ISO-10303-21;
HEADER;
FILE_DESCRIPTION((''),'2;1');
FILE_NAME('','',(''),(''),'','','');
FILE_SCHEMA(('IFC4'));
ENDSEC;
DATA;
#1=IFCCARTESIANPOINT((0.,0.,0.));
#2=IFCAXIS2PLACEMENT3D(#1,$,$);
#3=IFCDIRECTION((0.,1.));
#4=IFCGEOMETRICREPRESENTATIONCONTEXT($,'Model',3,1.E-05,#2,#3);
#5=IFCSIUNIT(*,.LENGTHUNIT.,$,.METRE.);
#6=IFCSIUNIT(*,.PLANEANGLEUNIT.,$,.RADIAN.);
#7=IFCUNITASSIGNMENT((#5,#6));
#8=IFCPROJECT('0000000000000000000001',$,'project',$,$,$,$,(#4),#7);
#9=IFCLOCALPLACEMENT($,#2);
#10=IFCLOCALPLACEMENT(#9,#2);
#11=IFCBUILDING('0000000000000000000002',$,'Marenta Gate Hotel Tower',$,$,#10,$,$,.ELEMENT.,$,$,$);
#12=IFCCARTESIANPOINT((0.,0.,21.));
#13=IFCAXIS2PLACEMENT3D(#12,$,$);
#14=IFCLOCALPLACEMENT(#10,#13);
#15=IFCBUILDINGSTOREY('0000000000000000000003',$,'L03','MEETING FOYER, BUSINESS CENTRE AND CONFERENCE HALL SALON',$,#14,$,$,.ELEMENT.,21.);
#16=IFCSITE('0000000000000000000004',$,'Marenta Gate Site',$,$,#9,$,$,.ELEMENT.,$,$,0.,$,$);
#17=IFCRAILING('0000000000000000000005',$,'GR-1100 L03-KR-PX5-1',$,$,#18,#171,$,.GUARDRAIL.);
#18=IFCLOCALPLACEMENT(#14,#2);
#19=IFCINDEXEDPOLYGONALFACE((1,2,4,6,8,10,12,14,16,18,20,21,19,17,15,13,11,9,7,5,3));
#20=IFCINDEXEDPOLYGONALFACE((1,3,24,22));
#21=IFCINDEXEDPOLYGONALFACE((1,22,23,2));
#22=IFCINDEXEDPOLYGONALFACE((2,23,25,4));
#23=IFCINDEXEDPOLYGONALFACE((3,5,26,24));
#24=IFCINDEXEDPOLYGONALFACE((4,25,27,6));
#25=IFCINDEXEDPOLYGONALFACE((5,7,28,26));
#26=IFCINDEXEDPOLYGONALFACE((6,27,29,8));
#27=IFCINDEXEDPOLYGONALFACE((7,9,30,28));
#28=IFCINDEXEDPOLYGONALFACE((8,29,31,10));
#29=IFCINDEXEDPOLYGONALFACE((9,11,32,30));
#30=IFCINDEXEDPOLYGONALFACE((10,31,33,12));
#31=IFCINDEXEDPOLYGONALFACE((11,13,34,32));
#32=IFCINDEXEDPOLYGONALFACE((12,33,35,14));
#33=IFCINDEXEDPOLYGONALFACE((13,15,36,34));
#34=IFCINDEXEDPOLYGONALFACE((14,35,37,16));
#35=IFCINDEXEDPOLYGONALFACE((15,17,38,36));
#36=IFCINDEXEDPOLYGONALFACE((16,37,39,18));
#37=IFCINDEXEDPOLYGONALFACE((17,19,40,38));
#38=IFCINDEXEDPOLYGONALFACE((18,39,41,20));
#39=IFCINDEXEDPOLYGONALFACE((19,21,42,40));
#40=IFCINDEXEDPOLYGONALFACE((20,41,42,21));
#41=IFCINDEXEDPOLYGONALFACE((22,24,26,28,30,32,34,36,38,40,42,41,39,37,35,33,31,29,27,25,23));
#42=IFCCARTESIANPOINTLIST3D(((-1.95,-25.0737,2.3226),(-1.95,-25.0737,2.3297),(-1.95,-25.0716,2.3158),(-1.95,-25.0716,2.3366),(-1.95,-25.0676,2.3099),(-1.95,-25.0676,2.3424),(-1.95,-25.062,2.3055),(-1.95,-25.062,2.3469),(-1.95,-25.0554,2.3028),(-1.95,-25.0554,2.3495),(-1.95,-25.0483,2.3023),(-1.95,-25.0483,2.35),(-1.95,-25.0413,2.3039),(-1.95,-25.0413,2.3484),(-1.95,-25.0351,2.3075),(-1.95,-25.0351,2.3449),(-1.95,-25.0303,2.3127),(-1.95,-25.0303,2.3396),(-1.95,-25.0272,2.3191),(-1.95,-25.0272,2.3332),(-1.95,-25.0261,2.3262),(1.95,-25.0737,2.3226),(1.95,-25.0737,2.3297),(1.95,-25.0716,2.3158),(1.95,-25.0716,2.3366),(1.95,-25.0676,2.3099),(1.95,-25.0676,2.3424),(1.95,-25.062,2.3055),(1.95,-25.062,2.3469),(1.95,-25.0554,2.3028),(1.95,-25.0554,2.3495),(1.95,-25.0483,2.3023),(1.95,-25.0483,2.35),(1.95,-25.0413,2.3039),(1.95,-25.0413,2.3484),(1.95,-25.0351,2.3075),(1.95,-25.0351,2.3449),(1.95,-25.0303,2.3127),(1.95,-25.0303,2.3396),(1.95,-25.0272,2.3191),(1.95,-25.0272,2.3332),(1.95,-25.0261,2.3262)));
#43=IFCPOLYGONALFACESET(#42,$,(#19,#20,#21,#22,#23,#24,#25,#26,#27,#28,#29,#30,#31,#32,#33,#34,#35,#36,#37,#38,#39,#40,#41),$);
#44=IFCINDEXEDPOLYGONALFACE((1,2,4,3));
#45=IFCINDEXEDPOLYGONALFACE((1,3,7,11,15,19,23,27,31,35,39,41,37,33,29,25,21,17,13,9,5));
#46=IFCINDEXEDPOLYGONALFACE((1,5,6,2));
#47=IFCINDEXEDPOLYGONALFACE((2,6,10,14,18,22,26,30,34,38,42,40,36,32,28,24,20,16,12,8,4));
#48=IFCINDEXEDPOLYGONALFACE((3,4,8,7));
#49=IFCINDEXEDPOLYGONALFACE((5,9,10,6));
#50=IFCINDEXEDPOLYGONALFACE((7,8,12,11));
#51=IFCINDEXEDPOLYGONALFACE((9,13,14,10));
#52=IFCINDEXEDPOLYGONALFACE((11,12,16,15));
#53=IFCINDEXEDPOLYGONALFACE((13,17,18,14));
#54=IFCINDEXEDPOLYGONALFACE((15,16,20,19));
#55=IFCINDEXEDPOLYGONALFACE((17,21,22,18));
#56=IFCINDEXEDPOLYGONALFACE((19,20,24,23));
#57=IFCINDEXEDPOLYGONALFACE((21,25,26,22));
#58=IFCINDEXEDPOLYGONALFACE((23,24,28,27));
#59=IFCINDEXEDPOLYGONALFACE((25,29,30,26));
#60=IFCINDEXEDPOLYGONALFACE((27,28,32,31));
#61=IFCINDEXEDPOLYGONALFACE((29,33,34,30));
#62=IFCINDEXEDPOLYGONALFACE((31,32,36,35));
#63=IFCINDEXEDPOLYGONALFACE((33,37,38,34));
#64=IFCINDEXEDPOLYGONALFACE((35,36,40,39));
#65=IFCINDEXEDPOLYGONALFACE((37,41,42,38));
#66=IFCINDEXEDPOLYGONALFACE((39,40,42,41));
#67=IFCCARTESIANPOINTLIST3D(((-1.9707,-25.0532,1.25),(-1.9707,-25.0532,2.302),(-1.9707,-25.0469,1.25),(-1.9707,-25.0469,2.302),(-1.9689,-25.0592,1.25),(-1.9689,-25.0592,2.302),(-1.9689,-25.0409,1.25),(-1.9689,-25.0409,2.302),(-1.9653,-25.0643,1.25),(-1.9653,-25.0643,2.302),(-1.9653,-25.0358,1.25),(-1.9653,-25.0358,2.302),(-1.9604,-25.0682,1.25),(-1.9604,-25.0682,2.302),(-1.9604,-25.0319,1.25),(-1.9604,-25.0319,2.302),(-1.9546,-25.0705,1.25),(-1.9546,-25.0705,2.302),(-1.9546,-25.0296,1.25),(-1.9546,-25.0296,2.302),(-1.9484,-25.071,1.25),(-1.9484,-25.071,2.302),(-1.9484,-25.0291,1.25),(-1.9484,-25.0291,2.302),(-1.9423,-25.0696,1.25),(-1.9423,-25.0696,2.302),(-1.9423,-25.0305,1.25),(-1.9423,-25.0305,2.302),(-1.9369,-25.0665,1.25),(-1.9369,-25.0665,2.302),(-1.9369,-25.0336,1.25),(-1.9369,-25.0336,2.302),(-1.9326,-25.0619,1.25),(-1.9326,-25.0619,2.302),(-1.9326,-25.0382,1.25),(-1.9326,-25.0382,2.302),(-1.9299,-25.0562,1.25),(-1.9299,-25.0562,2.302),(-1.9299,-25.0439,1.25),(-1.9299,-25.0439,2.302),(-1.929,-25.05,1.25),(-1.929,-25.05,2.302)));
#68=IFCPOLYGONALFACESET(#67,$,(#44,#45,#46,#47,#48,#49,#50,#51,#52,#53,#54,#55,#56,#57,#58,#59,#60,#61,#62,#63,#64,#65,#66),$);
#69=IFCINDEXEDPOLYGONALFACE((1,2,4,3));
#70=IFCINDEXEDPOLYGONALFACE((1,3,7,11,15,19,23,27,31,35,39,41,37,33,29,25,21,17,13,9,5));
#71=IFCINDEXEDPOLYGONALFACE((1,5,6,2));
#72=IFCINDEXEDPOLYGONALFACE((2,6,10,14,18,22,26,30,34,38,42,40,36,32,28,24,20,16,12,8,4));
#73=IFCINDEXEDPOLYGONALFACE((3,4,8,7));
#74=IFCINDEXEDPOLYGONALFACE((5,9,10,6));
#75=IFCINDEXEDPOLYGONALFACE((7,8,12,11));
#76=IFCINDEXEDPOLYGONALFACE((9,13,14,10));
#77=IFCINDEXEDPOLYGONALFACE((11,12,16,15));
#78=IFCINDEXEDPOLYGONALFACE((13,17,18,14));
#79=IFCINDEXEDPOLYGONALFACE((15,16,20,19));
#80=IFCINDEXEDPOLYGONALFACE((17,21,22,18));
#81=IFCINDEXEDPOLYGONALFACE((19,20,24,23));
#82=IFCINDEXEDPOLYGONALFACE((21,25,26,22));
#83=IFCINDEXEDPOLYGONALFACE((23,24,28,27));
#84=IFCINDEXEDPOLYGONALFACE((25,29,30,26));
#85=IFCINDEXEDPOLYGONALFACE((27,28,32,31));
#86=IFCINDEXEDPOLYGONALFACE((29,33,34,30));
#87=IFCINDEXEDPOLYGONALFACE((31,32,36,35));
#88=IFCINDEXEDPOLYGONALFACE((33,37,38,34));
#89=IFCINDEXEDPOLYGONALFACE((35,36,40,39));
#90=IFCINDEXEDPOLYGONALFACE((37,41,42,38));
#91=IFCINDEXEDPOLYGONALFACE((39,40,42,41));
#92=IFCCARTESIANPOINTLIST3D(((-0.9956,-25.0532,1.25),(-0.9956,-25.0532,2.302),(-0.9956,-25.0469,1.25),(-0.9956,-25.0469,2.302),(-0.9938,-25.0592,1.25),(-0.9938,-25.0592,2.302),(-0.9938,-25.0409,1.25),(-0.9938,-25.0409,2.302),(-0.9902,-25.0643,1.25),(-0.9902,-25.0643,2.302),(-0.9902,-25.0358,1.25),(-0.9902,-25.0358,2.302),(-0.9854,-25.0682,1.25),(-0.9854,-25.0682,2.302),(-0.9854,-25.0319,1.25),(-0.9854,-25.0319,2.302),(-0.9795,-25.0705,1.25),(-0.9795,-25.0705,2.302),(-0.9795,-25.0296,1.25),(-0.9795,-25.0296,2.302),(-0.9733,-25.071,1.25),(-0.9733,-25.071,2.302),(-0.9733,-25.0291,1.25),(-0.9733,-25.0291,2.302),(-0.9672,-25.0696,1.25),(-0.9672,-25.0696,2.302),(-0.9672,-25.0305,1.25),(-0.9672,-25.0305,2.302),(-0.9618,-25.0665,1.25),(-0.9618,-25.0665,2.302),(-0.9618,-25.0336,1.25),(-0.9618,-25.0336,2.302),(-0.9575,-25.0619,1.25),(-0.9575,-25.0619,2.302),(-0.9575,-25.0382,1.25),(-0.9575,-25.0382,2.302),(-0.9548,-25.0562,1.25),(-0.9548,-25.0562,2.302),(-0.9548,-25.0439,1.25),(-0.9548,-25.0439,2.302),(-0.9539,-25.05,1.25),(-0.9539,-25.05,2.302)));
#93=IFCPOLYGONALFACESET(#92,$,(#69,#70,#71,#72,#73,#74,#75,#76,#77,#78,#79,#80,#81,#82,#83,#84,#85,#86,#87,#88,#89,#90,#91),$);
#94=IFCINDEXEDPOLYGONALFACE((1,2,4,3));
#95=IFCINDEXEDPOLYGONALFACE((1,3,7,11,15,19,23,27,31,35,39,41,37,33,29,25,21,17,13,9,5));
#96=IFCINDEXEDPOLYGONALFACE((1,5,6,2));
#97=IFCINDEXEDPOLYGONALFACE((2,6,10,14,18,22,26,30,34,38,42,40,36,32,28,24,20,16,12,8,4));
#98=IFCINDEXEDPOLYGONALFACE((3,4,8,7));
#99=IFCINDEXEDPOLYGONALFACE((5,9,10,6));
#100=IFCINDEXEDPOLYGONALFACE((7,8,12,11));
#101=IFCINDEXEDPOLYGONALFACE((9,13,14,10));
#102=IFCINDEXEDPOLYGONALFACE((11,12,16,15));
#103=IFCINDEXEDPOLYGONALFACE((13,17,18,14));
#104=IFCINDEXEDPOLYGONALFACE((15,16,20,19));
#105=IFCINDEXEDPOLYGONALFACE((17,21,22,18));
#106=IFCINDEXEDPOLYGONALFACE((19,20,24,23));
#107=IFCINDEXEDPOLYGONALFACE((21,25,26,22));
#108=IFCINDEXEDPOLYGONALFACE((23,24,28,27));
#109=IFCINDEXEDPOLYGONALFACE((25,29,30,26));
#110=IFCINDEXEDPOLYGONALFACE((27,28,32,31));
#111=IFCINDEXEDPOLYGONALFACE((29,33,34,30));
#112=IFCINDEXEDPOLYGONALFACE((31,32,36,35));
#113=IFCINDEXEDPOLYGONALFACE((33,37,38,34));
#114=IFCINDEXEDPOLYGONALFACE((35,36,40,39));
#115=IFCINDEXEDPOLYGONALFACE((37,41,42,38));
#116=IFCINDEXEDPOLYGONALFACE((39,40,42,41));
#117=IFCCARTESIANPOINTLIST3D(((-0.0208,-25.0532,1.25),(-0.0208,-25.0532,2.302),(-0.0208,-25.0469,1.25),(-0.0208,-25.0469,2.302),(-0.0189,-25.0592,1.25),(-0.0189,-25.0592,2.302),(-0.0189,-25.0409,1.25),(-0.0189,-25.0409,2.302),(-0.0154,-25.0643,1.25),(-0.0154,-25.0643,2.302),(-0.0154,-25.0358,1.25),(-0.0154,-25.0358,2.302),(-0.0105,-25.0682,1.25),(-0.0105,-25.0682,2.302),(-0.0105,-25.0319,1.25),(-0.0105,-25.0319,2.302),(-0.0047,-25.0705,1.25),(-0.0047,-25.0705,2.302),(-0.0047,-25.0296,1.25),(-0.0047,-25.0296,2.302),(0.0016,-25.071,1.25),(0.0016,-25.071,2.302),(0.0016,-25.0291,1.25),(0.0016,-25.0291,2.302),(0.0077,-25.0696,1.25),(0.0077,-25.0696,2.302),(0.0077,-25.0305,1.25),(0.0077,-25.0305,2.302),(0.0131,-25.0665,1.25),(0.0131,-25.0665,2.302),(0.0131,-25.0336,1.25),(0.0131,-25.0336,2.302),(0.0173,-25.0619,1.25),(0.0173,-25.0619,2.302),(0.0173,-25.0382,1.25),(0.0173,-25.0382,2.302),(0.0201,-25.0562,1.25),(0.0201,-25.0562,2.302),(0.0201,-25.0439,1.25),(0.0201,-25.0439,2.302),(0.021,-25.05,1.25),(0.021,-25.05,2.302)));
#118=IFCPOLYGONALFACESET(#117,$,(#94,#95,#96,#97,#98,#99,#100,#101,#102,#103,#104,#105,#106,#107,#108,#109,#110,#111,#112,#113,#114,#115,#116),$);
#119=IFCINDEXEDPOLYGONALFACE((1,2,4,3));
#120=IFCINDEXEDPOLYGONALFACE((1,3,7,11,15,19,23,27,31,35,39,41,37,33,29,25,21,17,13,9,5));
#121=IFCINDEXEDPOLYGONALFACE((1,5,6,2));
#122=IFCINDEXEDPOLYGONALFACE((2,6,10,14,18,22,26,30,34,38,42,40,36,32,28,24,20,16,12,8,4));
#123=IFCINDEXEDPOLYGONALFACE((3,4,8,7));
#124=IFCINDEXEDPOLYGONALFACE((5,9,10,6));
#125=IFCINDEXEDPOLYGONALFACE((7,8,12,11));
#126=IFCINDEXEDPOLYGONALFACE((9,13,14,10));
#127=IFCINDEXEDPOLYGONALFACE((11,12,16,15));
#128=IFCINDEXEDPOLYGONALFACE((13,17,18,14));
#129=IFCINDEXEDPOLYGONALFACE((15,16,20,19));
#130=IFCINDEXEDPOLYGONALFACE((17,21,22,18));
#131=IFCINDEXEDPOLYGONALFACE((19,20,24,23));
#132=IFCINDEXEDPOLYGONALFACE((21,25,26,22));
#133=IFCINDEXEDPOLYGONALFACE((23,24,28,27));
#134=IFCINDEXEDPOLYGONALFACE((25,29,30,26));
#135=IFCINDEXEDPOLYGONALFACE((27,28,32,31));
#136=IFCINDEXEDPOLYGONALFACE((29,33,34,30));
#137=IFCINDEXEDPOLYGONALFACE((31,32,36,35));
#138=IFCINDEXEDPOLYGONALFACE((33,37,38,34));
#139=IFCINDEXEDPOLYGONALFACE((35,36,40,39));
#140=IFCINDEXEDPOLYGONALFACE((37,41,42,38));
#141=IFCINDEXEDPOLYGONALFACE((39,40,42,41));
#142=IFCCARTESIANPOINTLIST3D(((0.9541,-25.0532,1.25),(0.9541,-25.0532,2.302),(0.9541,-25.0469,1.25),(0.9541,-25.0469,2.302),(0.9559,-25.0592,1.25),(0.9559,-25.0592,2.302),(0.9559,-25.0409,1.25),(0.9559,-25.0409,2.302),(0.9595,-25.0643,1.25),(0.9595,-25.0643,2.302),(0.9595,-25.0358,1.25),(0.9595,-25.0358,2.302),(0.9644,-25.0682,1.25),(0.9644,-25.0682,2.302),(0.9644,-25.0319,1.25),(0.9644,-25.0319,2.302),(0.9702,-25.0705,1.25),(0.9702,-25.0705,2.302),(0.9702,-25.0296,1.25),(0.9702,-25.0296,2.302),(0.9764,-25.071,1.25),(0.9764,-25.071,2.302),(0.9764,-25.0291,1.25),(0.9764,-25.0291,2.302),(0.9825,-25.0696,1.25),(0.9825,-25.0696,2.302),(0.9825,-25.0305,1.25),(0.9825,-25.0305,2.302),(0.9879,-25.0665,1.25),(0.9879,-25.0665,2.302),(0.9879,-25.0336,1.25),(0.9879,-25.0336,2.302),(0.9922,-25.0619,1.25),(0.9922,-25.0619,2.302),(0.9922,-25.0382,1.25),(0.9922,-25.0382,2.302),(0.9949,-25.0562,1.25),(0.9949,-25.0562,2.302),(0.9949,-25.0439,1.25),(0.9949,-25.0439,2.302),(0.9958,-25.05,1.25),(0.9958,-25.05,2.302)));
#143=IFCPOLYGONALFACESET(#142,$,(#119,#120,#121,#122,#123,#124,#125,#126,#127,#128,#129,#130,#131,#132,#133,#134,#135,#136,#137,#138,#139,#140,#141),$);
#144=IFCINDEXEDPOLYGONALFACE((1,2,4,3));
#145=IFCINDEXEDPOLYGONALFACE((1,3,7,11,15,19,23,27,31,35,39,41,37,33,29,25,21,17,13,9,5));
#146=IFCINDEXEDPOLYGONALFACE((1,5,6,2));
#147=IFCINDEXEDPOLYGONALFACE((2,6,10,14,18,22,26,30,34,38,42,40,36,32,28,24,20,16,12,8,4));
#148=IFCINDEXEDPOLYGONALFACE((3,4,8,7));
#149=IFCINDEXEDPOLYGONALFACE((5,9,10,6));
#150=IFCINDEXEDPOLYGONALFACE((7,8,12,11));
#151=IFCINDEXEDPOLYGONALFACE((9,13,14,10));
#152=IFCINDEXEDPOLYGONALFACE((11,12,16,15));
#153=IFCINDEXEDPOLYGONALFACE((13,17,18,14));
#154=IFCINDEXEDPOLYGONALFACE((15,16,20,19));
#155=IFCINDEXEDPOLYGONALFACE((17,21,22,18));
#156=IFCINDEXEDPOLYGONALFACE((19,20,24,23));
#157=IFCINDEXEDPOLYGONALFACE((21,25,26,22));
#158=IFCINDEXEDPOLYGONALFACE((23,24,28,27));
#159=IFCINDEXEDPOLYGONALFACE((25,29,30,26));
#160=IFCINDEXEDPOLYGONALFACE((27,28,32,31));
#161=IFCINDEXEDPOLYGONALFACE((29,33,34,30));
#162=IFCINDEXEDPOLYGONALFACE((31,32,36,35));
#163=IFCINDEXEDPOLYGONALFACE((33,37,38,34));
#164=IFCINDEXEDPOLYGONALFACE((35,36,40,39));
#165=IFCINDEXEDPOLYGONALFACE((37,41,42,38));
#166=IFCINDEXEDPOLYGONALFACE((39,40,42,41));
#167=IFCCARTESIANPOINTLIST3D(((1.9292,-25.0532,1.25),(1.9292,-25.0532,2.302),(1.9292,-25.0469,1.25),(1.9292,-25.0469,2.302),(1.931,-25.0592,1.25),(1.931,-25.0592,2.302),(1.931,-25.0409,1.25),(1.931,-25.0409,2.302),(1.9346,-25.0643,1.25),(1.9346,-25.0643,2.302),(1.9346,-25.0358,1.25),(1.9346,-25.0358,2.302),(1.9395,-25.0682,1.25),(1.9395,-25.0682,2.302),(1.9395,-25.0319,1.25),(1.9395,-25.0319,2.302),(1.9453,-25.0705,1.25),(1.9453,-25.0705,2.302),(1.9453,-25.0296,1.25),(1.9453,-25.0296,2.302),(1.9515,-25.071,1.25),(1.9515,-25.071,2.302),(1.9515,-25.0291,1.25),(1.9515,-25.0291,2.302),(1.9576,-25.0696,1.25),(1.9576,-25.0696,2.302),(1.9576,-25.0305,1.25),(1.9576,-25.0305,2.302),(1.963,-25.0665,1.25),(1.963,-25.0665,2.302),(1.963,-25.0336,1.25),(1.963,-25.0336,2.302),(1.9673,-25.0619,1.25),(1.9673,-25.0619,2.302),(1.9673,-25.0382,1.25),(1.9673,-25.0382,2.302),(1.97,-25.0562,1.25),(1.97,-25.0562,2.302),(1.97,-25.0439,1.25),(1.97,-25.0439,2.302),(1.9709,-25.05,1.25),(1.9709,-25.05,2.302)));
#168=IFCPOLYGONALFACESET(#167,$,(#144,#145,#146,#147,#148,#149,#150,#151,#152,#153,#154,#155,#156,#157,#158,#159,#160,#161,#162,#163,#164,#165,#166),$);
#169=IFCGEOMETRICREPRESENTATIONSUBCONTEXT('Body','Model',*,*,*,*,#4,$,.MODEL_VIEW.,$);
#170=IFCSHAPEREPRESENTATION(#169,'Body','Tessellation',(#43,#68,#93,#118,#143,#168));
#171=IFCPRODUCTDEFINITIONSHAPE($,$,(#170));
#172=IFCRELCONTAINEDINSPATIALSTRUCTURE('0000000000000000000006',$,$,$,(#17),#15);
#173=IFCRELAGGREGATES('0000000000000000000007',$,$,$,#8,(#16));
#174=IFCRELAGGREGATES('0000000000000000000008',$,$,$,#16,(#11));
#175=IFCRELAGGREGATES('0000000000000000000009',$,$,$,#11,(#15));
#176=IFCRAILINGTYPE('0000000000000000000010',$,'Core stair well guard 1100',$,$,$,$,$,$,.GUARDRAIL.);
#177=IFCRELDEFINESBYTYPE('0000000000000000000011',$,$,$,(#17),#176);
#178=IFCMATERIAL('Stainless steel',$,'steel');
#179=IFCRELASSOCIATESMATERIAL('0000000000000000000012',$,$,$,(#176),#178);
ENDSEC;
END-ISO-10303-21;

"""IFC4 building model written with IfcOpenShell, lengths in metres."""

from ifc_helpers import new_model, si_unit, direction, frame, origin, origin_2d, place, context, subcontext, project, spatial, circle, extrude, material, type_object, element, save


model = new_model("IFC4")

# Units and contexts
model_context = context("Model", 3, precision=1e-05, world=origin(), true_north=direction((0.0, 1.0)))
body_context = subcontext(model_context, "Body", "Model", "MODEL_VIEW")
ifc_project = project(units=[si_unit("LENGTHUNIT", "METRE"), si_unit("PLANEANGLEUNIT", "RADIAN")], contexts=[model_context])

# Site, building, storey
site_placement = place(None, origin())
site = spatial("IfcSite", under=ifc_project, at=site_placement, Name="Marenta Gate Site", CompositionType="ELEMENT", RefElevation=0.0)
building_placement = place(site_placement, origin())
building = spatial("IfcBuilding", under=site, at=building_placement, Name="Marenta Gate Hotel Tower", CompositionType="ELEMENT")
storey_placement = place(building_placement, frame((0.0, 0.0, 21.0)))
storey = spatial("IfcBuildingStorey", under=building, at=storey_placement, Name="L03", Description="MEETING FOYER, BUSINESS CENTRE AND CONFERENCE HALL SALON", CompositionType="ELEMENT", Elevation=21.0)

# Railing
ifc_material_1 = material(Name="Stainless steel", Category="steel")
railing_type_1 = type_object("IfcRailingType", Name="Core stair well guard 1100", PredefinedType="GUARDRAIL", material=ifc_material_1)
for number, where, name in (
    (1, (-1.95, -25.05, 1.25), "GR-1100 L03-KR-PX5-1"),
):
    element("IfcRailing", number, at=place(storey_placement, frame(where)), inside=storey, type_object=railing_type_1, Name=name, PredefinedType="GUARDRAIL", context=body_context, shape_type="SweptSolid", body=[
        extrude(circle(Radius=0.0239, at=origin_2d()), frame((0.0, 0.0, 1.0762), z_axis=(1.0, 0.0, 0.0), x_axis=(0.0, 1.0, 0.0)), (0.0, 0.0, 1.0), 3.8999),
        extrude(circle(Radius=0.021, at=origin_2d()), origin(), (0.0, 0.0, 1.0), 1.052),
        extrude(circle(Radius=0.021, at=origin_2d()), frame((0.9751, 0.0, 0.0)), (0.0, 0.0, 1.0), 1.052),
        extrude(circle(Radius=0.021, at=origin_2d()), frame((1.95, 0.0, 0.0)), (0.0, 0.0, 1.0), 1.052),
        extrude(circle(Radius=0.021, at=origin_2d()), frame((2.9248, 0.0, 0.0)), (0.0, 0.0, 1.0), 1.052),
        extrude(circle(Radius=0.021, at=origin_2d()), frame((3.8999, 0.0, 0.0)), (0.0, 0.0, 1.0), 1.052),
    ])

save(model, "model.ifc")
